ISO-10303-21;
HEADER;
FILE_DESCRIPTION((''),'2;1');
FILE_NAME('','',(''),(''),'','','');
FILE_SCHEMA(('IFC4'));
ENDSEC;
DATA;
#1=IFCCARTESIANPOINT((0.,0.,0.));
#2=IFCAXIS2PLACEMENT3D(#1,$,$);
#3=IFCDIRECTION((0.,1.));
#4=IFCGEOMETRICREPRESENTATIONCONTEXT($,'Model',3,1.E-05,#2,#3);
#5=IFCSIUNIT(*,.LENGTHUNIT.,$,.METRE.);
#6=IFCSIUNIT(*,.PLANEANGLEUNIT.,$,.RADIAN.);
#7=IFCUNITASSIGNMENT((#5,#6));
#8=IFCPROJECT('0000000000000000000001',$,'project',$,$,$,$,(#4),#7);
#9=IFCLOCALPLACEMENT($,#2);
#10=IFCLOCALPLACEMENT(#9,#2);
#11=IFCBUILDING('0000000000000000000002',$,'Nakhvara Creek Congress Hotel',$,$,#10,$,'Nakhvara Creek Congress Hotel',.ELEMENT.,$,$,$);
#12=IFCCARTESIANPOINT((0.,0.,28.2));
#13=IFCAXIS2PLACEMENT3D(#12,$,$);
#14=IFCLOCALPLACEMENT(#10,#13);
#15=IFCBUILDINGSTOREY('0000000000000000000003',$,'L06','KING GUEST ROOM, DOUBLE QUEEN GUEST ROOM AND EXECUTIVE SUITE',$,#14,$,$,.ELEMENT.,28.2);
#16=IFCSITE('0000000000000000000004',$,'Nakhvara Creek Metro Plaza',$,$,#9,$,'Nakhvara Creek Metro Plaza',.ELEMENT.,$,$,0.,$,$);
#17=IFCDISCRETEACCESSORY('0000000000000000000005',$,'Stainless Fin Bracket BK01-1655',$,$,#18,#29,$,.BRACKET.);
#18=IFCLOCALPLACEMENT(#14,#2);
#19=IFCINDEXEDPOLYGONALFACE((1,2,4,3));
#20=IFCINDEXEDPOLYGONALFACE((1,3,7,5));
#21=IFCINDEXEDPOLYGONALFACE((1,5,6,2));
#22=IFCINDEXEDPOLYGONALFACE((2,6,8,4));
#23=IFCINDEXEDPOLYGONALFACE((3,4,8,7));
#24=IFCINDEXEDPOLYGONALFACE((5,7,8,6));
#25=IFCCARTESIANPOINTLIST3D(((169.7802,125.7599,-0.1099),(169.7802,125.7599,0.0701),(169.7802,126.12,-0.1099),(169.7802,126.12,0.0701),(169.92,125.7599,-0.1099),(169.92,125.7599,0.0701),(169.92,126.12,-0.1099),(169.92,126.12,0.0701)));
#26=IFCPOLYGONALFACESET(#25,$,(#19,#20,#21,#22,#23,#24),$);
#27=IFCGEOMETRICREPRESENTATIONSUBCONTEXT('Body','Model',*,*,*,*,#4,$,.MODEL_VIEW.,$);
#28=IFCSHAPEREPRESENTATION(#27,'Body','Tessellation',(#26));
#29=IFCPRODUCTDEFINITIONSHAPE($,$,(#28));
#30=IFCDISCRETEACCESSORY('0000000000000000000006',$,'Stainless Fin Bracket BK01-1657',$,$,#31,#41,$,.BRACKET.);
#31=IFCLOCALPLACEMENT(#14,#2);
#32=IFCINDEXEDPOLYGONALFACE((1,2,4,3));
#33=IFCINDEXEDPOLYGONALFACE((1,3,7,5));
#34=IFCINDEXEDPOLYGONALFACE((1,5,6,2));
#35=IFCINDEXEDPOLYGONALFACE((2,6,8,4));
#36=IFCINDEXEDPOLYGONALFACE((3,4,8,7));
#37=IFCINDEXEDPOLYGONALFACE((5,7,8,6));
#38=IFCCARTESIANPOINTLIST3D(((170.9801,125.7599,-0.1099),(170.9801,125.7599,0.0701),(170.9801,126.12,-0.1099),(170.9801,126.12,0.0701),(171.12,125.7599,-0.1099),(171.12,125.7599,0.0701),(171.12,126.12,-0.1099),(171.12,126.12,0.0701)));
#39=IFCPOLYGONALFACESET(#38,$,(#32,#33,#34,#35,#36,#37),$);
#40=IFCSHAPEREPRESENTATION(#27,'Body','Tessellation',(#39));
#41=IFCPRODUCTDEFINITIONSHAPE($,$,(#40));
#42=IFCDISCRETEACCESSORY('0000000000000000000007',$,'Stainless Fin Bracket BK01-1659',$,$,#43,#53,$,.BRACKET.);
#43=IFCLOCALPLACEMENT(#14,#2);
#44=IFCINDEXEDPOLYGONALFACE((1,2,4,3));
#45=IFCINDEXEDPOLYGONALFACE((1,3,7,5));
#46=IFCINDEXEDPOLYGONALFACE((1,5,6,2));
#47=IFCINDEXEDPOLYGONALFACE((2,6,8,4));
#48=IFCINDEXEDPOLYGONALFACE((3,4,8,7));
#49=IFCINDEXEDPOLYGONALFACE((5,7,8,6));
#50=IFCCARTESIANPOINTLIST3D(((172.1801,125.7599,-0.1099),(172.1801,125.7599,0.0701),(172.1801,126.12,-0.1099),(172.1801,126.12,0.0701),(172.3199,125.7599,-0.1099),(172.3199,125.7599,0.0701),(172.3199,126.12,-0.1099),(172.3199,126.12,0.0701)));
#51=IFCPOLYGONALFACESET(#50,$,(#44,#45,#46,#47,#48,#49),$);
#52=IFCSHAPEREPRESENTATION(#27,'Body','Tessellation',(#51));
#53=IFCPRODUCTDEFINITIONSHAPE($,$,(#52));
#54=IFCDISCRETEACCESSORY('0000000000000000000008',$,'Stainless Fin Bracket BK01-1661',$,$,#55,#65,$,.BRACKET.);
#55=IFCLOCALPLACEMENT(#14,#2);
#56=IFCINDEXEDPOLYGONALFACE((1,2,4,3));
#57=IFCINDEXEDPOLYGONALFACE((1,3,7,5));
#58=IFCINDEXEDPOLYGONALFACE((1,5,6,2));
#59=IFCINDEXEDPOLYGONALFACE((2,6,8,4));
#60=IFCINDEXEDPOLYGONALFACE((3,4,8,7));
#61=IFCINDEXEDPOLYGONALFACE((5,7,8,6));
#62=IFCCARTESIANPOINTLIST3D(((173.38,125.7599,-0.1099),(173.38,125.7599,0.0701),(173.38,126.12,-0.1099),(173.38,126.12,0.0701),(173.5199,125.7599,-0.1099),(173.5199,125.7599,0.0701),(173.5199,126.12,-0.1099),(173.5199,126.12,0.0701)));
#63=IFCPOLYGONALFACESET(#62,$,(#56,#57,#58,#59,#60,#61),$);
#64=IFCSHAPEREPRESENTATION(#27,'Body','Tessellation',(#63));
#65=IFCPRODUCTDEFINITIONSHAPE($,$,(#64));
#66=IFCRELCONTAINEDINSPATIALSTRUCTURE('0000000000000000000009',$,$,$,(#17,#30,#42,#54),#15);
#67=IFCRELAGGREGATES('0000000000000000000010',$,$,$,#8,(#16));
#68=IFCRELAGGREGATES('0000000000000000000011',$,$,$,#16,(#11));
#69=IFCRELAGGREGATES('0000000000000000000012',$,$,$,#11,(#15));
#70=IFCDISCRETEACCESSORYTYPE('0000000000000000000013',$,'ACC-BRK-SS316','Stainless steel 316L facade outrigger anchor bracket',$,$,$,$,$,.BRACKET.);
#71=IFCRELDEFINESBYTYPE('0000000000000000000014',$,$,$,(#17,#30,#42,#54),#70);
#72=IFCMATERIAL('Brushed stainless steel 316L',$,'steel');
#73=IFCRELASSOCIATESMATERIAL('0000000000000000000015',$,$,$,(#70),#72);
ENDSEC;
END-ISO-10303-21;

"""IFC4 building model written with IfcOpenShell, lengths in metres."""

from ifc_helpers import new_model, si_unit, direction, frame, origin, origin_2d, place, context, subcontext, project, spatial, rectangle, extrude, material, type_object, element, save


model = new_model("IFC4")

# Units and contexts
model_context = context("Model", 3, precision=1e-05, world=origin(), true_north=direction((0.0, 1.0)))
body_context = subcontext(model_context, "Body", "Model", "MODEL_VIEW")
ifc_project = project(units=[si_unit("LENGTHUNIT", "METRE"), si_unit("PLANEANGLEUNIT", "RADIAN")], contexts=[model_context])

# Site, building, storey
site_placement = place(None, origin())
site = spatial("IfcSite", under=ifc_project, at=site_placement, Name="Nakhvara Creek Metro Plaza", LongName="Nakhvara Creek Metro Plaza", CompositionType="ELEMENT", RefElevation=0.0)
building_placement = place(site_placement, origin())
building = spatial("IfcBuilding", under=site, at=building_placement, Name="Nakhvara Creek Congress Hotel", LongName="Nakhvara Creek Congress Hotel", CompositionType="ELEMENT")
storey_placement = place(building_placement, frame((0.0, 0.0, 28.2)))
storey = spatial("IfcBuildingStorey", under=building, at=storey_placement, Name="L06", Description="KING GUEST ROOM, DOUBLE QUEEN GUEST ROOM AND EXECUTIVE SUITE", CompositionType="ELEMENT", Elevation=28.2)

# Discrete accessories
ifc_material_1 = material(Name="Brushed stainless steel 316L", Category="steel")
discrete_accessory_type = type_object("IfcDiscreteAccessoryType", Name="ACC-BRK-SS316", Description="Stainless steel 316L facade outrigger anchor bracket", PredefinedType="BRACKET", material=ifc_material_1)
for number, where, z_axis, x_axis, name in (
    (1, (169.8501, 125.9399, -0.1099), (0.0, 0.0, 1.0), (1.0, 0.0, 0.0), "Stainless Fin Bracket BK01-1655"),
    (2, (171.05, 125.9399, -0.1099), (0.0, 0.0, 1.0), (1.0, 0.0, 0.0), "Stainless Fin Bracket BK01-1657"),
    (3, (172.25, 125.9399, -0.1099), (0.0, 0.0, 1.0), (1.0, 0.0, 0.0), "Stainless Fin Bracket BK01-1659"),
    (4, (173.45, 125.9399, -0.1099), (0.0, 0.0, 1.0), (1.0, 0.0, 0.0), "Stainless Fin Bracket BK01-1661"),
):
    element("IfcDiscreteAccessory", number, at=place(storey_placement, frame(where, z_axis=z_axis, x_axis=x_axis)), inside=storey, type_object=discrete_accessory_type, Name=name, PredefinedType="BRACKET", context=body_context, shape_type="SweptSolid", body=[
        extrude(rectangle(XDim=0.1399, YDim=0.3601, at=origin_2d()), origin(), (0.0, 0.0, 1.0), 0.1799),
    ])

save(model, "model.ifc")
